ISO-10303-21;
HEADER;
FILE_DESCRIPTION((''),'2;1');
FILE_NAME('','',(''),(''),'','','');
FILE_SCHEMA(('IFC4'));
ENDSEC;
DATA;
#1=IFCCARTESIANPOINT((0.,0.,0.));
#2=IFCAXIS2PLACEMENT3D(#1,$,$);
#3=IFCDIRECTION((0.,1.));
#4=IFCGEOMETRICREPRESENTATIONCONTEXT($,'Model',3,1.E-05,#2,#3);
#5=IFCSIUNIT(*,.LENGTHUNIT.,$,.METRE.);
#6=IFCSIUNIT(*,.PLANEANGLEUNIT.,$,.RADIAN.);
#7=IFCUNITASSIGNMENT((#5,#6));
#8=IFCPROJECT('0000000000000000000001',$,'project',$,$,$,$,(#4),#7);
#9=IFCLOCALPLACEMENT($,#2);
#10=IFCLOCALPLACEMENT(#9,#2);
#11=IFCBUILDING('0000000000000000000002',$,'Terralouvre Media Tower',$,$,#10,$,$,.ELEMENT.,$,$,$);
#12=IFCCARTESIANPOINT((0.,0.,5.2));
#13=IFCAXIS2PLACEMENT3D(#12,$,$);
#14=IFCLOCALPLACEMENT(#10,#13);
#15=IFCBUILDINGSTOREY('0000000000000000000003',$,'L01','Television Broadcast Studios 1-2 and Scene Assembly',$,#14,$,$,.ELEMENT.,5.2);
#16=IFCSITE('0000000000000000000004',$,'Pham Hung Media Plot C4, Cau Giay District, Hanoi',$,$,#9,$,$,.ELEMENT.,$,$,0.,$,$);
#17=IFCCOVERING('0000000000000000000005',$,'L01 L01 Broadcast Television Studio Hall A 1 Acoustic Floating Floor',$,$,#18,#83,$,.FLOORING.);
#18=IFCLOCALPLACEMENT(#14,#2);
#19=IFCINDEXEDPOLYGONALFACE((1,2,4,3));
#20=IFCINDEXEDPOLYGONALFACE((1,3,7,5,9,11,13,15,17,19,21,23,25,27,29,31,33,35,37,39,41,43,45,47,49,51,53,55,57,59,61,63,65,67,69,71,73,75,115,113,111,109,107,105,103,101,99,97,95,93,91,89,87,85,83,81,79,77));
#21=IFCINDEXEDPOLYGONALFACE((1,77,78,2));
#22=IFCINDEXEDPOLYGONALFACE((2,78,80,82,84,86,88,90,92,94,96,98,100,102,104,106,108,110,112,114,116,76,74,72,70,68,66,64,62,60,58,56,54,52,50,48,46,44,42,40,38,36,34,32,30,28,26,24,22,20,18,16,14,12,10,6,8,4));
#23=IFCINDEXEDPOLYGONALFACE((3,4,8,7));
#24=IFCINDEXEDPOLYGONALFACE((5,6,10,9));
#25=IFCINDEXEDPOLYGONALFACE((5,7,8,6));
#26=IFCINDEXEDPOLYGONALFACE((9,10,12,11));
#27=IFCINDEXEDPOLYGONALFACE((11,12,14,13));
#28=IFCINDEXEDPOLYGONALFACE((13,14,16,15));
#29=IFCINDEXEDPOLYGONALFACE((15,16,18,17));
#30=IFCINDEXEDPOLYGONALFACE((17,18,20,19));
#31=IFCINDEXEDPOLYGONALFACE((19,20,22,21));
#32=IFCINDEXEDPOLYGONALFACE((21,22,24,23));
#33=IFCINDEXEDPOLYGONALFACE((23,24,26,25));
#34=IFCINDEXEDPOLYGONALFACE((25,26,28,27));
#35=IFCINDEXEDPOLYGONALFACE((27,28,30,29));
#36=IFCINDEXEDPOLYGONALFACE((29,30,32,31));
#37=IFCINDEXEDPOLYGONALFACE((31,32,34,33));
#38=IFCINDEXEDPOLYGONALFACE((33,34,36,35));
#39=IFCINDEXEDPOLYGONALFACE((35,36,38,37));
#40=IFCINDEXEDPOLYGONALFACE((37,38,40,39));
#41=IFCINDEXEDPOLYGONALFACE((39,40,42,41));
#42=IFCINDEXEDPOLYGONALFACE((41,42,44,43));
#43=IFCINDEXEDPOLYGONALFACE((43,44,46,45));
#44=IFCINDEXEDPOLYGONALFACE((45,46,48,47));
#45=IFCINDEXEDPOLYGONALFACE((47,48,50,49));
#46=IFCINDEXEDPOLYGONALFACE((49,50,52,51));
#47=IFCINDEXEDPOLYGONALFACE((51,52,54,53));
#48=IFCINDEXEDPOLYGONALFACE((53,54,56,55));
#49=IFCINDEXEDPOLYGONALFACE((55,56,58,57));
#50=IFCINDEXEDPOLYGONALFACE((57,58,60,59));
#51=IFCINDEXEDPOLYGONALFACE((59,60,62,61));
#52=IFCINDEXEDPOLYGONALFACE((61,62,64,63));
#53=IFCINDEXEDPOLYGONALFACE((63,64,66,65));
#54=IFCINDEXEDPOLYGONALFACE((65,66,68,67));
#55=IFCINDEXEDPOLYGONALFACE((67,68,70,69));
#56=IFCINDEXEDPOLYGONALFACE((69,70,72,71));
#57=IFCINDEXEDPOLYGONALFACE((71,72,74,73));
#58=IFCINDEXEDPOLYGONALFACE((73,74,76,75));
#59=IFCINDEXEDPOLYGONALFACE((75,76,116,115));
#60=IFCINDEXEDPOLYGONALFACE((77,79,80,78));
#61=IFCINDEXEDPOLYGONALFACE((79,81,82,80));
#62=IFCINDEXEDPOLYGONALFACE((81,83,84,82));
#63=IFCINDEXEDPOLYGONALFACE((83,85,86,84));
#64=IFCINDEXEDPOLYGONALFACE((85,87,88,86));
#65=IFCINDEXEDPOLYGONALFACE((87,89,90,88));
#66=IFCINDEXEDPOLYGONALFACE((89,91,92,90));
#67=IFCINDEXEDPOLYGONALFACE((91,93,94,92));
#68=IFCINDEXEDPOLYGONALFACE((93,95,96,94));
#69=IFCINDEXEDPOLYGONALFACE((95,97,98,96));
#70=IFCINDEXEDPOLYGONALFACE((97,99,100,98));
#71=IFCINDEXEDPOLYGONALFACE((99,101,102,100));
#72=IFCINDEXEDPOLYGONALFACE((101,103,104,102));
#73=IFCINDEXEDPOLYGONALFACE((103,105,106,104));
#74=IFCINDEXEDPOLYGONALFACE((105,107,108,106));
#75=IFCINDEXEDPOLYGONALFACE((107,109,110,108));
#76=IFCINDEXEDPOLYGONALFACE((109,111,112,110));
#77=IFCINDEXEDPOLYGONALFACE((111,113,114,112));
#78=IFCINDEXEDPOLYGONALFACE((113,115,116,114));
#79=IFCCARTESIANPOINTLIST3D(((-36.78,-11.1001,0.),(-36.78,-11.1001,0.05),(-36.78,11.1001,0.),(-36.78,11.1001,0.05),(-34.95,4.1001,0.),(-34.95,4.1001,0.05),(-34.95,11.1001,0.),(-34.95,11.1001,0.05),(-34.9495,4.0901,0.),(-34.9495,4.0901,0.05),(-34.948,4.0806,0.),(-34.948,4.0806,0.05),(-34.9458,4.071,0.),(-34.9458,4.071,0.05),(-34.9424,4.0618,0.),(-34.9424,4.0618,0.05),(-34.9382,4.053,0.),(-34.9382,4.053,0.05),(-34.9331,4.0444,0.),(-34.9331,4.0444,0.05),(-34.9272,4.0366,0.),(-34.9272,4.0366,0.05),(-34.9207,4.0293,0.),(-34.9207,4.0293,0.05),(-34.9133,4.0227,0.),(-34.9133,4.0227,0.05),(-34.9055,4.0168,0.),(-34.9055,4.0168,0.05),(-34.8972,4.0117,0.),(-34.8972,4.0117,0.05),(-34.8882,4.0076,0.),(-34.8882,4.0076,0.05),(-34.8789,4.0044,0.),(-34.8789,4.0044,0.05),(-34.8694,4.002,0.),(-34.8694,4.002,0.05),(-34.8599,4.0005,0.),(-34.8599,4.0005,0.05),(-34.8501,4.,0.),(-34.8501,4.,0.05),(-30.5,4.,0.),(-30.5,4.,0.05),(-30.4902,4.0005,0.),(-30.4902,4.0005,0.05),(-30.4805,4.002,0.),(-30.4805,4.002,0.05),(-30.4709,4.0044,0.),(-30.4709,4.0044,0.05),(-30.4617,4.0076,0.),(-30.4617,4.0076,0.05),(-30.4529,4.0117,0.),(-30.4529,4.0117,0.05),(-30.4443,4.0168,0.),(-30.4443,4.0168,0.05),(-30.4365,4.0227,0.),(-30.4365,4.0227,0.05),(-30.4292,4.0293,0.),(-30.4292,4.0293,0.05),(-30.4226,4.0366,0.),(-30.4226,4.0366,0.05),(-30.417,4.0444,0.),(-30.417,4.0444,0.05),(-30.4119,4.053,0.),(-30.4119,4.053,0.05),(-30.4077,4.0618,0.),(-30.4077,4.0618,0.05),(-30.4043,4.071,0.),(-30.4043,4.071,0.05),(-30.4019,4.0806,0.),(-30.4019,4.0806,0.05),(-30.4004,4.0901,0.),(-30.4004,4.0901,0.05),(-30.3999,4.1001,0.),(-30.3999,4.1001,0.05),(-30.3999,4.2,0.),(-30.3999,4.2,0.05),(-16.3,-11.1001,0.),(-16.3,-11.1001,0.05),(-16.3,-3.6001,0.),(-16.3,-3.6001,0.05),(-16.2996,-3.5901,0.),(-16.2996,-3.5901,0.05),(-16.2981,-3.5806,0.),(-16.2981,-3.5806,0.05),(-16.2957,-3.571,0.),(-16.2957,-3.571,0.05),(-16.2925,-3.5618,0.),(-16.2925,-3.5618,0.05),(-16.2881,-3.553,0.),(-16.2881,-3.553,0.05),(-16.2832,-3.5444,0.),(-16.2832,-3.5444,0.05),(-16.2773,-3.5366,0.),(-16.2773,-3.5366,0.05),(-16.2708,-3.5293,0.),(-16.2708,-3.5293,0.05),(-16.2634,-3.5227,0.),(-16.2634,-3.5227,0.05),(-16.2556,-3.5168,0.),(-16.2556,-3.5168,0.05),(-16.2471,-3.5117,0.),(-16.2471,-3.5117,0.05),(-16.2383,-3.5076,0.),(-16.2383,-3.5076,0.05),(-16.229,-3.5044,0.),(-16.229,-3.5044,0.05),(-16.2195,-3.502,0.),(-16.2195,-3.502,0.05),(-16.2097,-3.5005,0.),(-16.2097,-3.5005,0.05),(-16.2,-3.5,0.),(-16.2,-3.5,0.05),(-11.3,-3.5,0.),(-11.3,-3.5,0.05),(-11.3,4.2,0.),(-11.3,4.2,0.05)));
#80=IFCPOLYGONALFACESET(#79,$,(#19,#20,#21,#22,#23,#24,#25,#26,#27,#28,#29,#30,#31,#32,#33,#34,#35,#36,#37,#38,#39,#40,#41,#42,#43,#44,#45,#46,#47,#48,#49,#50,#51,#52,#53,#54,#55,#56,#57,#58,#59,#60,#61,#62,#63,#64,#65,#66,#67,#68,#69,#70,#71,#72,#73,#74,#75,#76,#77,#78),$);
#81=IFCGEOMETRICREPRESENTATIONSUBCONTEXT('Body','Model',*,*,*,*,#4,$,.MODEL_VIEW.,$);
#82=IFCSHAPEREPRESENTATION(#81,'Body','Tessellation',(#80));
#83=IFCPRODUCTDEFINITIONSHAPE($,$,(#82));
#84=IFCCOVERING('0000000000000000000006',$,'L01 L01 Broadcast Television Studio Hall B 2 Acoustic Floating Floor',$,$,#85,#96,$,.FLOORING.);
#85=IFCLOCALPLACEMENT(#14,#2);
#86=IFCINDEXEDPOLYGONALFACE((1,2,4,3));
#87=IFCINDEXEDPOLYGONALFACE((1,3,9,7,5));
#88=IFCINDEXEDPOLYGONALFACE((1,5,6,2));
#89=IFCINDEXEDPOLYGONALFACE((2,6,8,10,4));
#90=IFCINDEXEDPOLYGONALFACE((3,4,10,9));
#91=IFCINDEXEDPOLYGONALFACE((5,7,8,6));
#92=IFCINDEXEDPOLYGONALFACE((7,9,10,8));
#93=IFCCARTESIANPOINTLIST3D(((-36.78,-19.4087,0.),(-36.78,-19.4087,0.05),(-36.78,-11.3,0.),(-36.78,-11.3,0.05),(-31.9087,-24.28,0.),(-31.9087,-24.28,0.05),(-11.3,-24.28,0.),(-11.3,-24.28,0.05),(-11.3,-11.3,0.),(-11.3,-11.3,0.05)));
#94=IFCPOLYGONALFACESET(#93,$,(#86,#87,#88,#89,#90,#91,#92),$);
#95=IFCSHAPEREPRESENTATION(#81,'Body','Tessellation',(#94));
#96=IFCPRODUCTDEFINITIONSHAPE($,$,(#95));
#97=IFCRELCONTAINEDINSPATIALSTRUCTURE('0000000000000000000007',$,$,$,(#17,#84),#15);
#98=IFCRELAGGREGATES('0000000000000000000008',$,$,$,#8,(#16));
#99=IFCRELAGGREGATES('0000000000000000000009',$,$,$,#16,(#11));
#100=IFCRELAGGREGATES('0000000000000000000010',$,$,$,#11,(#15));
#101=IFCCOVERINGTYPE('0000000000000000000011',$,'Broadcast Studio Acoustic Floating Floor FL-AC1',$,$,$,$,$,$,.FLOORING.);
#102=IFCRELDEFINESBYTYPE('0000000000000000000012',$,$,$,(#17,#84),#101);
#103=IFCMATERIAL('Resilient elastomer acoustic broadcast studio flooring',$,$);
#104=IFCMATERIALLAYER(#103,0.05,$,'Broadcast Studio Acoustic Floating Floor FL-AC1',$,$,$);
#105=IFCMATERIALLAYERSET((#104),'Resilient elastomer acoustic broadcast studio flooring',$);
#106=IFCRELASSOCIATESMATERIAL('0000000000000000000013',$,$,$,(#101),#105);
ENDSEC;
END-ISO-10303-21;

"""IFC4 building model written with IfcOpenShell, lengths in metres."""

from ifc_helpers import new_model, si_unit, direction, frame, origin, place, context, subcontext, project, spatial, polyline, outline, extrude, material, layer, layer_set, type_object, element, save


model = new_model("IFC4")

# Units and contexts
model_context = context("Model", 3, precision=1e-05, world=origin(), true_north=direction((0.0, 1.0)))
body_context = subcontext(model_context, "Body", "Model", "MODEL_VIEW")
ifc_project = project(units=[si_unit("LENGTHUNIT", "METRE"), si_unit("PLANEANGLEUNIT", "RADIAN")], contexts=[model_context])

# Site, building, storey
site_placement = place(None, origin())
site = spatial("IfcSite", under=ifc_project, at=site_placement, Name="Pham Hung Media Plot C4, Cau Giay District, Hanoi", CompositionType="ELEMENT", RefElevation=0.0)
building_placement = place(site_placement, origin())
building = spatial("IfcBuilding", under=site, at=building_placement, Name="Terralouvre Media Tower", CompositionType="ELEMENT")
storey_placement = place(building_placement, frame((0.0, 0.0, 5.2)))
storey = spatial("IfcBuildingStorey", under=building, at=storey_placement, Name="L01", Description="Television Broadcast Studios 1-2 and Scene Assembly", CompositionType="ELEMENT", Elevation=5.2)

# Coverings
ifc_material_1 = material(Name="Resilient elastomer acoustic broadcast studio flooring")
ifc_layer_1 = layer(ifc_material_1, 0.05, Name="Broadcast Studio Acoustic Floating Floor FL-AC1")
ifc_layer_set_1 = layer_set([ifc_layer_1], Name="Resilient elastomer acoustic broadcast studio flooring")
covering_type_1 = type_object("IfcCoveringType", Name="Broadcast Studio Acoustic Floating Floor FL-AC1", PredefinedType="FLOORING", material=ifc_layer_set_1)
covering_1_placement = place(storey_placement, origin())
element("IfcCovering", 1, at=covering_1_placement, inside=storey, type_object=covering_type_1, Name="L01 L01 Broadcast Television Studio Hall A 1 Acoustic Floating Floor", PredefinedType="FLOORING", context=body_context, shape_type="SweptSolid", body=[
    extrude(outline(polyline([(-16.3, -3.6001), (-16.2996, -3.5901), (-16.2981, -3.5806), (-16.2957, -3.571), (-16.2925, -3.5618), (-16.2881, -3.553), (-16.2832, -3.5444), (-16.2773, -3.5366), (-16.2708, -3.5293), (-16.2634, -3.5227), (-16.2556, -3.5168), (-16.2471, -3.5117), (-16.2383, -3.5076), (-16.229, -3.5044), (-16.2195, -3.502), (-16.2097, -3.5005), (-16.2, -3.5), (-11.3, -3.5), (-11.3, 4.2), (-30.3999, 4.2), (-30.3999, 4.1001), (-30.4004, 4.0901), (-30.4019, 4.0806), (-30.4043, 4.071), (-30.4077, 4.0618), (-30.4119, 4.053), (-30.417, 4.0444), (-30.4226, 4.0366), (-30.4292, 4.0293), (-30.4365, 4.0227), (-30.4443, 4.0168), (-30.4529, 4.0117), (-30.4617, 4.0076), (-30.4709, 4.0044), (-30.4805, 4.002), (-30.4902, 4.0005), (-30.5, 4.0), (-34.8501, 4.0), (-34.8599, 4.0005), (-34.8694, 4.002), (-34.8789, 4.0044), (-34.8882, 4.0076), (-34.8972, 4.0117), (-34.9055, 4.0168), (-34.9133, 4.0227), (-34.9207, 4.0293), (-34.9272, 4.0366), (-34.9331, 4.0444), (-34.9382, 4.053), (-34.9424, 4.0618), (-34.9458, 4.071), (-34.948, 4.0806), (-34.9495, 4.0901), (-34.95, 4.1001), (-34.95, 11.1001), (-36.78, 11.1001), (-36.78, -11.1001), (-16.3, -11.1001), (-16.3, -3.6001)])), origin(), (0.0, 0.0, 1.0), 0.05),
])
covering_2_placement = place(storey_placement, origin())
element("IfcCovering", 2, at=covering_2_placement, inside=storey, type_object=covering_type_1, Name="L01 L01 Broadcast Television Studio Hall B 2 Acoustic Floating Floor", PredefinedType="FLOORING", context=body_context, shape_type="SweptSolid", body=[
    extrude(outline(polyline([(-11.3, -24.28), (-11.3, -11.3), (-36.78, -11.3), (-36.78, -19.4087), (-31.9087, -24.28), (-11.3, -24.28)])), origin(), (0.0, 0.0, 1.0), 0.05),
])

save(model, "model.ifc")
